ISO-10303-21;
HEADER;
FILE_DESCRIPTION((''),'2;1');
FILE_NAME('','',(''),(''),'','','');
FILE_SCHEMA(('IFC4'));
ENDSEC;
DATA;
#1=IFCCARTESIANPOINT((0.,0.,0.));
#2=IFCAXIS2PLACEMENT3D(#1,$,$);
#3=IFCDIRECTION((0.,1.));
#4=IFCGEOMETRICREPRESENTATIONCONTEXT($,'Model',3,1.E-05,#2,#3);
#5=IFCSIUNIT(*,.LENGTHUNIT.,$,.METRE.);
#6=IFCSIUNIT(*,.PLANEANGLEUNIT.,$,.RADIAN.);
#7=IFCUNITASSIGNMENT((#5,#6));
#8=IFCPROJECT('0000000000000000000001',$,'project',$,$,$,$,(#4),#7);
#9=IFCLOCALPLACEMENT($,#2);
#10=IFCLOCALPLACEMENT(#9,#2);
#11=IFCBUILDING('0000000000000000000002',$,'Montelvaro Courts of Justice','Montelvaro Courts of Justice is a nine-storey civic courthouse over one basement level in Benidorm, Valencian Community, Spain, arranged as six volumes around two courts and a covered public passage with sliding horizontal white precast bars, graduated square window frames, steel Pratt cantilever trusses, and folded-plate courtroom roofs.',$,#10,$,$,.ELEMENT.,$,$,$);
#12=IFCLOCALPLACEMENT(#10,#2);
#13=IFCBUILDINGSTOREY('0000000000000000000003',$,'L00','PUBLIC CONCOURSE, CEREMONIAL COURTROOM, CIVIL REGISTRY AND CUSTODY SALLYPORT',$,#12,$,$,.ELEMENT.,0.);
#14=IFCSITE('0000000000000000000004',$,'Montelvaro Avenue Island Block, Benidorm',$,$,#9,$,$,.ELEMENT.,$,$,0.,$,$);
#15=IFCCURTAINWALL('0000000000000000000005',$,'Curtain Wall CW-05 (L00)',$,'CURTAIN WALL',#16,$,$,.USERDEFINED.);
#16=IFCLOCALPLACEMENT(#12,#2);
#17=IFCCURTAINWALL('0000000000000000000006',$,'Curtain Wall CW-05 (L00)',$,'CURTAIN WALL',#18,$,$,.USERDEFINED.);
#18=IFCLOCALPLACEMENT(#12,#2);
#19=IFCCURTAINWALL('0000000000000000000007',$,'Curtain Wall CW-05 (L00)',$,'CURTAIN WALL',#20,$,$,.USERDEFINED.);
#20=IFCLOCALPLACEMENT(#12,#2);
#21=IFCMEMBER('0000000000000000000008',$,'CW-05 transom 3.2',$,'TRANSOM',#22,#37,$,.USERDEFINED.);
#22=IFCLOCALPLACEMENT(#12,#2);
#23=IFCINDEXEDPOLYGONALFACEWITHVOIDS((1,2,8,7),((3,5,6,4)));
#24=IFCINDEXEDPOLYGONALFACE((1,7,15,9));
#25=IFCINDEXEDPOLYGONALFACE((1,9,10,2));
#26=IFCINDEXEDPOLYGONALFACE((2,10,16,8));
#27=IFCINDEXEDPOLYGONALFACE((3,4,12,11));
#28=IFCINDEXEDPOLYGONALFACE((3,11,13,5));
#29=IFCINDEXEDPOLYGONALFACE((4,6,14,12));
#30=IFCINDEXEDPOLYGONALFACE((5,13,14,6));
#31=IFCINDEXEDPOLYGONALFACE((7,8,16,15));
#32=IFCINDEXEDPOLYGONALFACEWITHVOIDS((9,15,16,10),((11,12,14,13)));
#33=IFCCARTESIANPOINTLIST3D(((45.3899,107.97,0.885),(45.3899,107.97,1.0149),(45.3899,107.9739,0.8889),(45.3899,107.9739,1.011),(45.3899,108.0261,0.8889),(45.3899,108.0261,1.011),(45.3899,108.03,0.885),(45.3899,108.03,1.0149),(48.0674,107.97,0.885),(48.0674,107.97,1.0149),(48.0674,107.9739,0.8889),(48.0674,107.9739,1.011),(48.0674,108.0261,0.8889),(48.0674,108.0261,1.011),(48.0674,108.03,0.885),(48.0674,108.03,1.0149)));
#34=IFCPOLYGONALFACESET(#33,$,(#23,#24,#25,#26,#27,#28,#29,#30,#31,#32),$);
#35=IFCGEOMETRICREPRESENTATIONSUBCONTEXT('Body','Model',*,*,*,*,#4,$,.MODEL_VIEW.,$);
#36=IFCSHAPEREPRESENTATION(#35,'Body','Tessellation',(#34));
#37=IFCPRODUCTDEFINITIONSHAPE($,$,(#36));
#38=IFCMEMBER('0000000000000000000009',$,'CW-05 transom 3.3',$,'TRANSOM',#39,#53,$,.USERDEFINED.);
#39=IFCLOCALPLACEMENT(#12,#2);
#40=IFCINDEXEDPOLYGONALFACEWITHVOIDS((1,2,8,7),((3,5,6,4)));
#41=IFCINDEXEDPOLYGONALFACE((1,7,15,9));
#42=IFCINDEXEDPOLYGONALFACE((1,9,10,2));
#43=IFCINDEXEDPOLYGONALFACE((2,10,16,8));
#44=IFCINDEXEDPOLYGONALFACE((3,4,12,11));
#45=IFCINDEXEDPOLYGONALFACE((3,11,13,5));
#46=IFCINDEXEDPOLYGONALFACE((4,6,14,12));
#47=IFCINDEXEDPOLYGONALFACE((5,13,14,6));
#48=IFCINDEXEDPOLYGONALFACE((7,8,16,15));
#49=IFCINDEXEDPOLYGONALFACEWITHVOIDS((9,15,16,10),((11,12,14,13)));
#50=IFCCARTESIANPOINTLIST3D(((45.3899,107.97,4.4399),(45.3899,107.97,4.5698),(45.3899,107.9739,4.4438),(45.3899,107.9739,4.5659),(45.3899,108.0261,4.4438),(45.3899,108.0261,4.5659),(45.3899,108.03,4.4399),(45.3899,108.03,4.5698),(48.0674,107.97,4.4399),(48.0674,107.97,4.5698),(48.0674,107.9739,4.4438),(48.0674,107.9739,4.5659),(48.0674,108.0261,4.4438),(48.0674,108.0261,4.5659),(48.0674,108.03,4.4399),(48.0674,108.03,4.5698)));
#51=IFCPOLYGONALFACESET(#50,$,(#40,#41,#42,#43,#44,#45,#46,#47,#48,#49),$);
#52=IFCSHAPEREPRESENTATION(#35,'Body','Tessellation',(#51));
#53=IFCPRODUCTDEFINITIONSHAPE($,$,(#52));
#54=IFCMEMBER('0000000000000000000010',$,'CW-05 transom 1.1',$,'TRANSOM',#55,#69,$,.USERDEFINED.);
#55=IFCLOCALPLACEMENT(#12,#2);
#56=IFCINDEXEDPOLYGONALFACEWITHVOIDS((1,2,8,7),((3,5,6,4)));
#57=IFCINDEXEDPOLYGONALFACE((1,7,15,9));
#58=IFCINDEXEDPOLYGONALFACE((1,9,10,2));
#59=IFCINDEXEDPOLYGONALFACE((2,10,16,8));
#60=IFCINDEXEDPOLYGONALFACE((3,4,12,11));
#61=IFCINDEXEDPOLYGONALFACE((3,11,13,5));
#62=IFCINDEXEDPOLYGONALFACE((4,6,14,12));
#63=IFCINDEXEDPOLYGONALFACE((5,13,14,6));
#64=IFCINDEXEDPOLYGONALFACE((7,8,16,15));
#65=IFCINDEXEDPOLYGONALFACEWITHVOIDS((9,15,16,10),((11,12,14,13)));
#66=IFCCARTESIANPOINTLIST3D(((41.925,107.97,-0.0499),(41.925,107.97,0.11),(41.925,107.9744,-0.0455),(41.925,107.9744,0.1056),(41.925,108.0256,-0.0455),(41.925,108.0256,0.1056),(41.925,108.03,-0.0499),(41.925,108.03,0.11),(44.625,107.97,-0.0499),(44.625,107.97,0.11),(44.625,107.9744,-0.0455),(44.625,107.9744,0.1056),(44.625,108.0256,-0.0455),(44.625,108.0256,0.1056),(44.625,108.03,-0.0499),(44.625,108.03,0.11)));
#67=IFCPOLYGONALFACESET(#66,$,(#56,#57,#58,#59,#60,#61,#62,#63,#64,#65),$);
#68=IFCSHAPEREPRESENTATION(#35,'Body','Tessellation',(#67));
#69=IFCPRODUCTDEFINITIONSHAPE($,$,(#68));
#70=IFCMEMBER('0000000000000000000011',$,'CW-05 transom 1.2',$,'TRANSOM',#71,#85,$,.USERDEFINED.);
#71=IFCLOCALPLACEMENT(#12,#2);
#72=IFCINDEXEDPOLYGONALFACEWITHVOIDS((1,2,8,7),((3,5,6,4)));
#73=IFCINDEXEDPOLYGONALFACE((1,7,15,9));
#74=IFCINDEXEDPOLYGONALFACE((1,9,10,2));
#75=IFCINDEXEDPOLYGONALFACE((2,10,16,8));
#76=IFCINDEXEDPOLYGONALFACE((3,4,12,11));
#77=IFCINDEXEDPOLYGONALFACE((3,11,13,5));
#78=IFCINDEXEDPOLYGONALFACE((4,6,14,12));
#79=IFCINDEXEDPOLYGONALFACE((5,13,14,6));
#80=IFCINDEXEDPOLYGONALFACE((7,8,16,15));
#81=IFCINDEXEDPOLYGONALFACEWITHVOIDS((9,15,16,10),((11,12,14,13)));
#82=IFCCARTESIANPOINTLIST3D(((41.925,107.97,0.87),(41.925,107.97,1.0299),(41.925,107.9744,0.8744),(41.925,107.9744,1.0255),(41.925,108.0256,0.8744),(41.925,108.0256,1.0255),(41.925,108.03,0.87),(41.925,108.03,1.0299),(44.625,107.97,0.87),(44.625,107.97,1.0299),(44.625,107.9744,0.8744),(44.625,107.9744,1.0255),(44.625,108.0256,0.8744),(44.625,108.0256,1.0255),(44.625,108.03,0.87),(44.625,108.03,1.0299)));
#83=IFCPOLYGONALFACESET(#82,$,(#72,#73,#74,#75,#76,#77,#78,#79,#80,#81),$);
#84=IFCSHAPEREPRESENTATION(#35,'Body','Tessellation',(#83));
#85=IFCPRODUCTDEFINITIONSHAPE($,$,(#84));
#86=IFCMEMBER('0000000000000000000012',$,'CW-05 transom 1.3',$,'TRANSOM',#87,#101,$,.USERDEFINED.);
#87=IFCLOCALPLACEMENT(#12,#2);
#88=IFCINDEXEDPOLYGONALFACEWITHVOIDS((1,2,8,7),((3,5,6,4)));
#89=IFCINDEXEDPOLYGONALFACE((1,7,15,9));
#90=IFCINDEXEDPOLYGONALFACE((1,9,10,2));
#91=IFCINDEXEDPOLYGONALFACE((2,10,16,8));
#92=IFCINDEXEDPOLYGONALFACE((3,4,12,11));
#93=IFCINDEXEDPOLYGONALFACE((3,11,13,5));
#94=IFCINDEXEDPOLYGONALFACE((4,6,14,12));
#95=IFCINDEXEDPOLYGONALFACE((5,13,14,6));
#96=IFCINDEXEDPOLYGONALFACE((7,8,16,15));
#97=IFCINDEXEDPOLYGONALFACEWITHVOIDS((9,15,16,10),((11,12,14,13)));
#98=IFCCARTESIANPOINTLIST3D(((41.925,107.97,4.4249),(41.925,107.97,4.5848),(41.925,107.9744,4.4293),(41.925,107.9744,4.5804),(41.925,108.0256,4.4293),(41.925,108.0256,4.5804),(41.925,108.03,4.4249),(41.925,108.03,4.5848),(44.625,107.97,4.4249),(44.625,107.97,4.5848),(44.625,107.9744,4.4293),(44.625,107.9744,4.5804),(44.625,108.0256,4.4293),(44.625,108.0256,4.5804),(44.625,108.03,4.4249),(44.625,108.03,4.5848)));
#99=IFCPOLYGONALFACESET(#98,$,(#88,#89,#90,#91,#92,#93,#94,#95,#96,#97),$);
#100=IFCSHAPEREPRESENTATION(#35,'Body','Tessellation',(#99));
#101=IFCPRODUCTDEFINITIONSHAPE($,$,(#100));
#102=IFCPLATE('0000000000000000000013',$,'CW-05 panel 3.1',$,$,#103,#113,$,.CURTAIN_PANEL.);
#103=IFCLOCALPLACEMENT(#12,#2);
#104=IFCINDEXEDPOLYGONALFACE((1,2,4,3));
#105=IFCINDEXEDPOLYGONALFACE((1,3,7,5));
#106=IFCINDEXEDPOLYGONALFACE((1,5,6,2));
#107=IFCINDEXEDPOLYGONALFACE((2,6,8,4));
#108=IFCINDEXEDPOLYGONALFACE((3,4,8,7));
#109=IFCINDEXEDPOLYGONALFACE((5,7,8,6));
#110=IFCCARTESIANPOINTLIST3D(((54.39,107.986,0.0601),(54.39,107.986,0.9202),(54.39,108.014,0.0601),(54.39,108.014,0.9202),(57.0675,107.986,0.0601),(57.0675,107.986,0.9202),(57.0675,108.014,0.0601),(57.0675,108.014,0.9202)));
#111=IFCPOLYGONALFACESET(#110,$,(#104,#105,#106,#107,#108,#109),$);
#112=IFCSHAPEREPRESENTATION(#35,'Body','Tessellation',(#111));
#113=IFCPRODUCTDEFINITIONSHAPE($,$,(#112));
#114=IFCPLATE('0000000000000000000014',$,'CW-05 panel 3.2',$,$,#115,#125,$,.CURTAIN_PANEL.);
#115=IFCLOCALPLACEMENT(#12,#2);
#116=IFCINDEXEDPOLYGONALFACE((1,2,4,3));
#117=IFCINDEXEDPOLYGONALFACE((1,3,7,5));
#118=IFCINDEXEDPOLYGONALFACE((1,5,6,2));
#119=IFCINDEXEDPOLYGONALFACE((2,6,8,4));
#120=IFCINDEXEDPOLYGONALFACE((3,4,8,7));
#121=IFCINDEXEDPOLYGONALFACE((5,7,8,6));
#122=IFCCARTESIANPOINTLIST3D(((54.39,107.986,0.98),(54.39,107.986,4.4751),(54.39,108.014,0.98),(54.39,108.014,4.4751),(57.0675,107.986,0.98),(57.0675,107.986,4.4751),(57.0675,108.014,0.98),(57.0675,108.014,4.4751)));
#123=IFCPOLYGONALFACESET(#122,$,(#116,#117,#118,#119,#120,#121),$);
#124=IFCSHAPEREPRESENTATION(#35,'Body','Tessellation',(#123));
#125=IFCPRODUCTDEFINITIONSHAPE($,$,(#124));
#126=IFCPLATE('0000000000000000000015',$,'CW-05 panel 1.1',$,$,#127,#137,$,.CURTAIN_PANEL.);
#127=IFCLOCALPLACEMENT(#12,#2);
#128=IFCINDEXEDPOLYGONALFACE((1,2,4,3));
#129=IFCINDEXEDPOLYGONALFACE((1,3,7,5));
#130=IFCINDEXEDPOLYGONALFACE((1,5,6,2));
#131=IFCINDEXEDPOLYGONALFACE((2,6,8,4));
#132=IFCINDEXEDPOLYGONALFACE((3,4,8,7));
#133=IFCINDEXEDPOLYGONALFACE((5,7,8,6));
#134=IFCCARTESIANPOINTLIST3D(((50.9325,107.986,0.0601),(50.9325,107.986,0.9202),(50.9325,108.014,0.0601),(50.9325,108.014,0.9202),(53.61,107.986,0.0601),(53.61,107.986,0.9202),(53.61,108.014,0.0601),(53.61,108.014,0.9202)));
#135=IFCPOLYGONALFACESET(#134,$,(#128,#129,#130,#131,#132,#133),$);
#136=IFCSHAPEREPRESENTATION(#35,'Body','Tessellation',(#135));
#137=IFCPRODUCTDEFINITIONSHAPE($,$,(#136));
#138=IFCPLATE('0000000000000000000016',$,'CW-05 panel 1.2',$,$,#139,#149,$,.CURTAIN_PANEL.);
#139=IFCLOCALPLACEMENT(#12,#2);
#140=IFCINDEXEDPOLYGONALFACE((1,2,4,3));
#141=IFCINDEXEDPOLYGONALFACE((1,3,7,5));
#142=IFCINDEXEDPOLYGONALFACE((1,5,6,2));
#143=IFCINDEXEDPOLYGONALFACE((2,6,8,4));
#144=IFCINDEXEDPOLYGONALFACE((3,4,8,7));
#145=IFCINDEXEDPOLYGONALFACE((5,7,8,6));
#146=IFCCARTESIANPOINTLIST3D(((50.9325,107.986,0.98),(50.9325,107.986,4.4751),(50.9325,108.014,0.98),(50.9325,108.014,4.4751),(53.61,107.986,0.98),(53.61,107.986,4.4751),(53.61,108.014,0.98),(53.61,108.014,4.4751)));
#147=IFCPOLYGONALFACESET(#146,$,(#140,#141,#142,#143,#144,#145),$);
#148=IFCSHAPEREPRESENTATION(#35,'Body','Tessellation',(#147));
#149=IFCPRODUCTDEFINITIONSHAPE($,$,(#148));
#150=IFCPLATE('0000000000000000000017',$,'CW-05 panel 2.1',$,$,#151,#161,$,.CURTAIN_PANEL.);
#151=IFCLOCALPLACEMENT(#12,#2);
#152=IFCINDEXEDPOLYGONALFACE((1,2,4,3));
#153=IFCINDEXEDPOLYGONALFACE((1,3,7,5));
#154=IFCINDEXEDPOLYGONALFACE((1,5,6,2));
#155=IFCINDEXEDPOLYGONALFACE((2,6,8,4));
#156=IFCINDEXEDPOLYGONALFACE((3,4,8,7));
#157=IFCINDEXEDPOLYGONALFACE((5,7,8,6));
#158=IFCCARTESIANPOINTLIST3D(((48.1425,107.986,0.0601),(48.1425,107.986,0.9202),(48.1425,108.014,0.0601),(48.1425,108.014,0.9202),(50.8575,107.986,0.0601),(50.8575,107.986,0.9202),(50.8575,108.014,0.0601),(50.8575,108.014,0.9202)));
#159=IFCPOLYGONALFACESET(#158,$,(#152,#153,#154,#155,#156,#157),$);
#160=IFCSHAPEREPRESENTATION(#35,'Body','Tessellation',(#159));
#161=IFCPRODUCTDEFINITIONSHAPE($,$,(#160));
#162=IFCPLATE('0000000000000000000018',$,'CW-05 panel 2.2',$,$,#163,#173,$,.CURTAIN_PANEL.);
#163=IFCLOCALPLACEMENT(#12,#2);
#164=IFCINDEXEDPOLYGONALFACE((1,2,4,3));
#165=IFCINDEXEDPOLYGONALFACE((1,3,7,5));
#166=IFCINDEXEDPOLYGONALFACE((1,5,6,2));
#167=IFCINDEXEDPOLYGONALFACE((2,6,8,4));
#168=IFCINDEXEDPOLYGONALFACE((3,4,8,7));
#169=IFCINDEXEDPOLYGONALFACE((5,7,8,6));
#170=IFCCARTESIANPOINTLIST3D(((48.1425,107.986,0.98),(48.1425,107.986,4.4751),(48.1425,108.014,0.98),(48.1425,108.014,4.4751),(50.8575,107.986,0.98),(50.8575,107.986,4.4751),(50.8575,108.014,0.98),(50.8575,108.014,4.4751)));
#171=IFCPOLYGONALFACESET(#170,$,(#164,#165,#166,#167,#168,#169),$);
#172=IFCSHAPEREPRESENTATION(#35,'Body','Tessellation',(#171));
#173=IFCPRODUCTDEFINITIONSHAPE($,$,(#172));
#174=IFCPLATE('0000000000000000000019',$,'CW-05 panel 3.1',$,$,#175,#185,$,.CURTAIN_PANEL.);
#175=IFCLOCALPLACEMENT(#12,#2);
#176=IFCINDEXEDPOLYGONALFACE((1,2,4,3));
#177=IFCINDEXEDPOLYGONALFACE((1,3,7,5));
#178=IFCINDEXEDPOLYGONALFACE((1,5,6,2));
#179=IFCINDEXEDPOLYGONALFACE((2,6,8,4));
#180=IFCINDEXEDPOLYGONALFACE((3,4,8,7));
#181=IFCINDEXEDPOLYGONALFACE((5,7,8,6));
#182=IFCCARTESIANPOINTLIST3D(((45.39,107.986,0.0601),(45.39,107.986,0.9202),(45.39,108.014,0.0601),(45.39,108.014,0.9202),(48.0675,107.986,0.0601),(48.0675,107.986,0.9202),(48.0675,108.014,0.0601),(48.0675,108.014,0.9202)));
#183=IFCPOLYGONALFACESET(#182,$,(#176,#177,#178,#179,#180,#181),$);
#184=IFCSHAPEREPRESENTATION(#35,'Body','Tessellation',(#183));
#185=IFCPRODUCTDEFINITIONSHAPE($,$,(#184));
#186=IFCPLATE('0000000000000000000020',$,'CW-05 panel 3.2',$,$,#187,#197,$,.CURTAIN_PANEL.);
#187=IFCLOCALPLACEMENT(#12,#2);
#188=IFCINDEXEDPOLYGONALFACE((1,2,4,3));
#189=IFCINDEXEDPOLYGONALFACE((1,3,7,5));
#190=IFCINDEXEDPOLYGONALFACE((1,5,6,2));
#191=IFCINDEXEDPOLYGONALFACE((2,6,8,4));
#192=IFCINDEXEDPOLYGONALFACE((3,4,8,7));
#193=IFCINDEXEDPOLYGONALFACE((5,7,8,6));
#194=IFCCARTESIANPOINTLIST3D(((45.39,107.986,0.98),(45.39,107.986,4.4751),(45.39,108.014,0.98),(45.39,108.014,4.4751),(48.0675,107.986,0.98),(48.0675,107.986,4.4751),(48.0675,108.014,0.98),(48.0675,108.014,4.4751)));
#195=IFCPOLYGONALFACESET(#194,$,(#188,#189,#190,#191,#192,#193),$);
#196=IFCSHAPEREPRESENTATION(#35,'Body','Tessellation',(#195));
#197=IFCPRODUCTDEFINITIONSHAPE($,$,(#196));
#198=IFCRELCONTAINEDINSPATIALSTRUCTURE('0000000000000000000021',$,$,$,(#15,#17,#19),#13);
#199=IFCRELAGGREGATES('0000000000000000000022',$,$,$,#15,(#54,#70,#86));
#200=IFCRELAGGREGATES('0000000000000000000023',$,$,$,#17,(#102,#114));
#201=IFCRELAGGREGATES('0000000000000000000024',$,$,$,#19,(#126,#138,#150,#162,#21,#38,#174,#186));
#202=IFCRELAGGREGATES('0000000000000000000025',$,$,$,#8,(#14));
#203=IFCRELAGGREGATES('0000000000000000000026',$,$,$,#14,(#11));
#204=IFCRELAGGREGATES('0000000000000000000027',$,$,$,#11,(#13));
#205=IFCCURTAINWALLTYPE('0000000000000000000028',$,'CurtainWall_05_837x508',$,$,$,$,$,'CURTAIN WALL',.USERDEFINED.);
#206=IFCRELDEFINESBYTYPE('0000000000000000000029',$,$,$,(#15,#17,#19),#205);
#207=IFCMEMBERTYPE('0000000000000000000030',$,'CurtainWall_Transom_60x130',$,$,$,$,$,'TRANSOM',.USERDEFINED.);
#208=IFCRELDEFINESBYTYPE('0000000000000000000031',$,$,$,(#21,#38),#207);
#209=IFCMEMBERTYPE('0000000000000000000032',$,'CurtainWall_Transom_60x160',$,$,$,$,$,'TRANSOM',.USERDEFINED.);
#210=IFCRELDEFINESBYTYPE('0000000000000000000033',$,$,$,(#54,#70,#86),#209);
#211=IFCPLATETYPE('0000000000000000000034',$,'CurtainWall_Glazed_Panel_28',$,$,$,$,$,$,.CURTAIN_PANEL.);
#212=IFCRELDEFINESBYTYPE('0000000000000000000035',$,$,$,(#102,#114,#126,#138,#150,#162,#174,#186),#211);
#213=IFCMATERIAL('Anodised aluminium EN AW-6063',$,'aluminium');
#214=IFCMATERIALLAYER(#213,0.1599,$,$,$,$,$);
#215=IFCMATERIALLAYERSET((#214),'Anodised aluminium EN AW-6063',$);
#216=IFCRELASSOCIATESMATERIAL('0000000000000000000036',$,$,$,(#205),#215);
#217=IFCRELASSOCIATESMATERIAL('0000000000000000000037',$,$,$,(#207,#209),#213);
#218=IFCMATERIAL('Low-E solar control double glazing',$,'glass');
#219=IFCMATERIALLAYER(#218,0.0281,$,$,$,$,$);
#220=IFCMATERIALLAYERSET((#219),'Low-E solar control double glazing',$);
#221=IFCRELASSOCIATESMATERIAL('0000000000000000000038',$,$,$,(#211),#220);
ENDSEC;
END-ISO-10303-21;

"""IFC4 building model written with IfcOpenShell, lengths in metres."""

from ifc_helpers import new_model, si_unit, direction, frame, origin, origin_2d, place, context, subcontext, project, spatial, rectangle, hollow_rectangle, extrude, material, layer, layer_set, material_profile, profile_set, type_object, element, aggregate, save


model = new_model("IFC4")

# Units and contexts
model_context = context("Model", 3, precision=1e-05, world=origin(), true_north=direction((0.0, 1.0)))
body_context = subcontext(model_context, "Body", "Model", "MODEL_VIEW")
ifc_project = project(units=[si_unit("LENGTHUNIT", "METRE"), si_unit("PLANEANGLEUNIT", "RADIAN")], contexts=[model_context])

# Site, building, storey
site_placement = place(None, origin())
site = spatial("IfcSite", under=ifc_project, at=site_placement, Name="Montelvaro Avenue Island Block, Benidorm", CompositionType="ELEMENT", RefElevation=0.0)
building_placement = place(site_placement, origin())
building = spatial("IfcBuilding", under=site, at=building_placement, Name="Montelvaro Courts of Justice", Description="Montelvaro Courts of Justice is a nine-storey civic courthouse over one basement level in Benidorm, Valencian Community, Spain, arranged as six volumes around two courts and a covered public passage with sliding horizontal white precast bars, graduated square window frames, steel Pratt cantilever trusses, and folded-plate courtroom roofs.", CompositionType="ELEMENT")
storey_placement = place(building_placement, origin())
storey = spatial("IfcBuildingStorey", under=building, at=storey_placement, Name="L00", Description="PUBLIC CONCOURSE, CEREMONIAL COURTROOM, CIVIL REGISTRY AND CUSTODY SALLYPORT", CompositionType="ELEMENT", Elevation=0.0)

# Curtain walls
ifc_material_1 = material(Name="Anodised aluminium EN AW-6063", Category="aluminium")
ifc_layer_1 = layer(ifc_material_1, 0.1599)
ifc_layer_set_1 = layer_set([ifc_layer_1], Name="Anodised aluminium EN AW-6063")
curtain_wall_type = type_object("IfcCurtainWallType", Name="CurtainWall_05_837x508", ElementType="CURTAIN WALL", PredefinedType="USERDEFINED", material=ifc_layer_set_1)
curtain_wall_1_placement = place(storey_placement, origin())
curtain_wall_1 = element("IfcCurtainWall", 1, at=curtain_wall_1_placement, inside=storey, type_object=curtain_wall_type, Name="Curtain Wall CW-05 (L00)", ObjectType="CURTAIN WALL", PredefinedType="USERDEFINED")
curtain_wall_2_placement = place(storey_placement, origin())
curtain_wall_2 = element("IfcCurtainWall", 2, at=curtain_wall_2_placement, inside=storey, type_object=curtain_wall_type, Name="Curtain Wall CW-05 (L00)", ObjectType="CURTAIN WALL", PredefinedType="USERDEFINED")

# Curtain wall
curtain_wall_3_placement = place(storey_placement, origin())
curtain_wall_3 = element("IfcCurtainWall", 3, at=curtain_wall_3_placement, inside=storey, type_object=curtain_wall_type, Name="Curtain Wall CW-05 (L00)", ObjectType="CURTAIN WALL", PredefinedType="USERDEFINED")

# Members
ifc_material_profile_1 = material_profile(ifc_material_1, hollow_rectangle(XDim=0.0601, YDim=0.1299, WallThickness=0.0039, at=origin_2d()), Name="ALU-T 60x130")
ifc_profile_set_1 = profile_set([ifc_material_profile_1], Name="Anodised aluminium EN AW-6063")
member_type_1 = type_object("IfcMemberType", Name="CurtainWall_Transom_60x130", ElementType="TRANSOM", PredefinedType="USERDEFINED", material=ifc_profile_set_1)
member_1_placement = place(storey_placement, frame((48.0674, 108.0, 0.95), z_axis=(-1.0, 0.0, 0.0), x_axis=(0.0, -1.0, 0.0)))
member_1 = element("IfcMember", 4, at=member_1_placement, type_object=member_type_1, Name="CW-05 transom 3.2", ObjectType="TRANSOM", PredefinedType="USERDEFINED", context=body_context, shape_type="SweptSolid", body=[
    extrude(hollow_rectangle(XDim=0.0601, YDim=0.1299, WallThickness=0.0039, at=origin_2d()), origin(), (0.0, 0.0, 1.0), 2.6775),
])
member_2_placement = place(storey_placement, frame((48.0674, 108.0, 4.5049), z_axis=(-1.0, 0.0, 0.0), x_axis=(0.0, -1.0, 0.0)))
member_2 = element("IfcMember", 5, at=member_2_placement, type_object=member_type_1, Name="CW-05 transom 3.3", ObjectType="TRANSOM", PredefinedType="USERDEFINED", context=body_context, shape_type="SweptSolid", body=[
    extrude(hollow_rectangle(XDim=0.0601, YDim=0.1299, WallThickness=0.0039, at=origin_2d()), origin(), (0.0, 0.0, 1.0), 2.6775),
])
ifc_material_profile_2 = material_profile(ifc_material_1, hollow_rectangle(XDim=0.0601, YDim=0.1599, WallThickness=0.0044, at=origin_2d()), Name="ALU-T 60x160")
ifc_profile_set_2 = profile_set([ifc_material_profile_2], Name="Anodised aluminium EN AW-6063")
member_type_2 = type_object("IfcMemberType", Name="CurtainWall_Transom_60x160", ElementType="TRANSOM", PredefinedType="USERDEFINED", material=ifc_profile_set_2)
member_3_placement = place(storey_placement, frame((44.625, 108.0, 0.03), z_axis=(-1.0, 0.0, 0.0), x_axis=(0.0, -1.0, 0.0)))
member_3 = element("IfcMember", 6, at=member_3_placement, type_object=member_type_2, Name="CW-05 transom 1.1", ObjectType="TRANSOM", PredefinedType="USERDEFINED", context=body_context, shape_type="SweptSolid", body=[
    extrude(hollow_rectangle(XDim=0.0601, YDim=0.1599, WallThickness=0.0044, at=origin_2d()), origin(), (0.0, 0.0, 1.0), 2.7),
])
member_4_placement = place(storey_placement, frame((44.625, 108.0, 0.95), z_axis=(-1.0, 0.0, 0.0), x_axis=(0.0, -1.0, 0.0)))
member_4 = element("IfcMember", 7, at=member_4_placement, type_object=member_type_2, Name="CW-05 transom 1.2", ObjectType="TRANSOM", PredefinedType="USERDEFINED", context=body_context, shape_type="SweptSolid", body=[
    extrude(hollow_rectangle(XDim=0.0601, YDim=0.1599, WallThickness=0.0044, at=origin_2d()), origin(), (0.0, 0.0, 1.0), 2.7),
])
member_5_placement = place(storey_placement, frame((44.625, 108.0, 4.5049), z_axis=(-1.0, 0.0, 0.0), x_axis=(0.0, -1.0, 0.0)))
member_5 = element("IfcMember", 8, at=member_5_placement, type_object=member_type_2, Name="CW-05 transom 1.3", ObjectType="TRANSOM", PredefinedType="USERDEFINED", context=body_context, shape_type="SweptSolid", body=[
    extrude(hollow_rectangle(XDim=0.0601, YDim=0.1599, WallThickness=0.0044, at=origin_2d()), origin(), (0.0, 0.0, 1.0), 2.7),
])
aggregate(curtain_wall_1, [member_3, member_4, member_5])

# Plates
ifc_material_2 = material(Name="Low-E solar control double glazing", Category="glass")
ifc_layer_2 = layer(ifc_material_2, 0.0281)
ifc_layer_set_2 = layer_set([ifc_layer_2], Name="Low-E solar control double glazing")
plate_type = type_object("IfcPlateType", Name="CurtainWall_Glazed_Panel_28", PredefinedType="CURTAIN_PANEL", material=ifc_layer_set_2)
plate_1_placement = place(storey_placement, frame((55.7288, 108.0, 0.0601), z_axis=(0.0, 0.0, 1.0), x_axis=(-1.0, 0.0, 0.0)))
plate_1 = element("IfcPlate", 9, at=plate_1_placement, type_object=plate_type, Name="CW-05 panel 3.1", PredefinedType="CURTAIN_PANEL", context=body_context, shape_type="SweptSolid", body=[
    extrude(rectangle(XDim=2.6775, YDim=0.0281, at=origin_2d()), origin(), (0.0, 0.0, 1.0), 0.8601),
])
plate_2_placement = place(storey_placement, frame((55.7288, 108.0, 0.98), z_axis=(0.0, 0.0, 1.0), x_axis=(-1.0, 0.0, 0.0)))
plate_2 = element("IfcPlate", 10, at=plate_2_placement, type_object=plate_type, Name="CW-05 panel 3.2", PredefinedType="CURTAIN_PANEL", context=body_context, shape_type="SweptSolid", body=[
    extrude(rectangle(XDim=2.6775, YDim=0.0281, at=origin_2d()), origin(), (0.0, 0.0, 1.0), 3.4951),
])
aggregate(curtain_wall_2, [plate_1, plate_2])
plate_3_placement = place(storey_placement, frame((52.2712, 108.0, 0.0601), z_axis=(0.0, 0.0, 1.0), x_axis=(-1.0, 0.0, 0.0)))
plate_3 = element("IfcPlate", 11, at=plate_3_placement, type_object=plate_type, Name="CW-05 panel 1.1", PredefinedType="CURTAIN_PANEL", context=body_context, shape_type="SweptSolid", body=[
    extrude(rectangle(XDim=2.6775, YDim=0.0281, at=origin_2d()), origin(), (0.0, 0.0, 1.0), 0.8601),
])
plate_4_placement = place(storey_placement, frame((52.2712, 108.0, 0.98), z_axis=(0.0, 0.0, 1.0), x_axis=(-1.0, 0.0, 0.0)))
plate_4 = element("IfcPlate", 12, at=plate_4_placement, type_object=plate_type, Name="CW-05 panel 1.2", PredefinedType="CURTAIN_PANEL", context=body_context, shape_type="SweptSolid", body=[
    extrude(rectangle(XDim=2.6775, YDim=0.0281, at=origin_2d()), origin(), (0.0, 0.0, 1.0), 3.4951),
])
plate_5_placement = place(storey_placement, frame((49.5, 108.0, 0.0601), z_axis=(0.0, 0.0, 1.0), x_axis=(-1.0, 0.0, 0.0)))
plate_5 = element("IfcPlate", 13, at=plate_5_placement, type_object=plate_type, Name="CW-05 panel 2.1", PredefinedType="CURTAIN_PANEL", context=body_context, shape_type="SweptSolid", body=[
    extrude(rectangle(XDim=2.7151, YDim=0.0281, at=origin_2d()), origin(), (0.0, 0.0, 1.0), 0.8601),
])
plate_6_placement = place(storey_placement, frame((49.5, 108.0, 0.98), z_axis=(0.0, 0.0, 1.0), x_axis=(-1.0, 0.0, 0.0)))
plate_6 = element("IfcPlate", 14, at=plate_6_placement, type_object=plate_type, Name="CW-05 panel 2.2", PredefinedType="CURTAIN_PANEL", context=body_context, shape_type="SweptSolid", body=[
    extrude(rectangle(XDim=2.7151, YDim=0.0281, at=origin_2d()), origin(), (0.0, 0.0, 1.0), 3.4951),
])
plate_7_placement = place(storey_placement, frame((46.7288, 108.0, 0.0601), z_axis=(0.0, 0.0, 1.0), x_axis=(-1.0, 0.0, 0.0)))
plate_7 = element("IfcPlate", 15, at=plate_7_placement, type_object=plate_type, Name="CW-05 panel 3.1", PredefinedType="CURTAIN_PANEL", context=body_context, shape_type="SweptSolid", body=[
    extrude(rectangle(XDim=2.6775, YDim=0.0281, at=origin_2d()), origin(), (0.0, 0.0, 1.0), 0.8601),
])
plate_8_placement = place(storey_placement, frame((46.7288, 108.0, 0.98), z_axis=(0.0, 0.0, 1.0), x_axis=(-1.0, 0.0, 0.0)))
plate_8 = element("IfcPlate", 16, at=plate_8_placement, type_object=plate_type, Name="CW-05 panel 3.2", PredefinedType="CURTAIN_PANEL", context=body_context, shape_type="SweptSolid", body=[
    extrude(rectangle(XDim=2.6775, YDim=0.0281, at=origin_2d()), origin(), (0.0, 0.0, 1.0), 3.4951),
])
aggregate(curtain_wall_3, [plate_3, plate_4, plate_5, plate_6, member_1, member_2, plate_7, plate_8])

save(model, "model.ifc")
